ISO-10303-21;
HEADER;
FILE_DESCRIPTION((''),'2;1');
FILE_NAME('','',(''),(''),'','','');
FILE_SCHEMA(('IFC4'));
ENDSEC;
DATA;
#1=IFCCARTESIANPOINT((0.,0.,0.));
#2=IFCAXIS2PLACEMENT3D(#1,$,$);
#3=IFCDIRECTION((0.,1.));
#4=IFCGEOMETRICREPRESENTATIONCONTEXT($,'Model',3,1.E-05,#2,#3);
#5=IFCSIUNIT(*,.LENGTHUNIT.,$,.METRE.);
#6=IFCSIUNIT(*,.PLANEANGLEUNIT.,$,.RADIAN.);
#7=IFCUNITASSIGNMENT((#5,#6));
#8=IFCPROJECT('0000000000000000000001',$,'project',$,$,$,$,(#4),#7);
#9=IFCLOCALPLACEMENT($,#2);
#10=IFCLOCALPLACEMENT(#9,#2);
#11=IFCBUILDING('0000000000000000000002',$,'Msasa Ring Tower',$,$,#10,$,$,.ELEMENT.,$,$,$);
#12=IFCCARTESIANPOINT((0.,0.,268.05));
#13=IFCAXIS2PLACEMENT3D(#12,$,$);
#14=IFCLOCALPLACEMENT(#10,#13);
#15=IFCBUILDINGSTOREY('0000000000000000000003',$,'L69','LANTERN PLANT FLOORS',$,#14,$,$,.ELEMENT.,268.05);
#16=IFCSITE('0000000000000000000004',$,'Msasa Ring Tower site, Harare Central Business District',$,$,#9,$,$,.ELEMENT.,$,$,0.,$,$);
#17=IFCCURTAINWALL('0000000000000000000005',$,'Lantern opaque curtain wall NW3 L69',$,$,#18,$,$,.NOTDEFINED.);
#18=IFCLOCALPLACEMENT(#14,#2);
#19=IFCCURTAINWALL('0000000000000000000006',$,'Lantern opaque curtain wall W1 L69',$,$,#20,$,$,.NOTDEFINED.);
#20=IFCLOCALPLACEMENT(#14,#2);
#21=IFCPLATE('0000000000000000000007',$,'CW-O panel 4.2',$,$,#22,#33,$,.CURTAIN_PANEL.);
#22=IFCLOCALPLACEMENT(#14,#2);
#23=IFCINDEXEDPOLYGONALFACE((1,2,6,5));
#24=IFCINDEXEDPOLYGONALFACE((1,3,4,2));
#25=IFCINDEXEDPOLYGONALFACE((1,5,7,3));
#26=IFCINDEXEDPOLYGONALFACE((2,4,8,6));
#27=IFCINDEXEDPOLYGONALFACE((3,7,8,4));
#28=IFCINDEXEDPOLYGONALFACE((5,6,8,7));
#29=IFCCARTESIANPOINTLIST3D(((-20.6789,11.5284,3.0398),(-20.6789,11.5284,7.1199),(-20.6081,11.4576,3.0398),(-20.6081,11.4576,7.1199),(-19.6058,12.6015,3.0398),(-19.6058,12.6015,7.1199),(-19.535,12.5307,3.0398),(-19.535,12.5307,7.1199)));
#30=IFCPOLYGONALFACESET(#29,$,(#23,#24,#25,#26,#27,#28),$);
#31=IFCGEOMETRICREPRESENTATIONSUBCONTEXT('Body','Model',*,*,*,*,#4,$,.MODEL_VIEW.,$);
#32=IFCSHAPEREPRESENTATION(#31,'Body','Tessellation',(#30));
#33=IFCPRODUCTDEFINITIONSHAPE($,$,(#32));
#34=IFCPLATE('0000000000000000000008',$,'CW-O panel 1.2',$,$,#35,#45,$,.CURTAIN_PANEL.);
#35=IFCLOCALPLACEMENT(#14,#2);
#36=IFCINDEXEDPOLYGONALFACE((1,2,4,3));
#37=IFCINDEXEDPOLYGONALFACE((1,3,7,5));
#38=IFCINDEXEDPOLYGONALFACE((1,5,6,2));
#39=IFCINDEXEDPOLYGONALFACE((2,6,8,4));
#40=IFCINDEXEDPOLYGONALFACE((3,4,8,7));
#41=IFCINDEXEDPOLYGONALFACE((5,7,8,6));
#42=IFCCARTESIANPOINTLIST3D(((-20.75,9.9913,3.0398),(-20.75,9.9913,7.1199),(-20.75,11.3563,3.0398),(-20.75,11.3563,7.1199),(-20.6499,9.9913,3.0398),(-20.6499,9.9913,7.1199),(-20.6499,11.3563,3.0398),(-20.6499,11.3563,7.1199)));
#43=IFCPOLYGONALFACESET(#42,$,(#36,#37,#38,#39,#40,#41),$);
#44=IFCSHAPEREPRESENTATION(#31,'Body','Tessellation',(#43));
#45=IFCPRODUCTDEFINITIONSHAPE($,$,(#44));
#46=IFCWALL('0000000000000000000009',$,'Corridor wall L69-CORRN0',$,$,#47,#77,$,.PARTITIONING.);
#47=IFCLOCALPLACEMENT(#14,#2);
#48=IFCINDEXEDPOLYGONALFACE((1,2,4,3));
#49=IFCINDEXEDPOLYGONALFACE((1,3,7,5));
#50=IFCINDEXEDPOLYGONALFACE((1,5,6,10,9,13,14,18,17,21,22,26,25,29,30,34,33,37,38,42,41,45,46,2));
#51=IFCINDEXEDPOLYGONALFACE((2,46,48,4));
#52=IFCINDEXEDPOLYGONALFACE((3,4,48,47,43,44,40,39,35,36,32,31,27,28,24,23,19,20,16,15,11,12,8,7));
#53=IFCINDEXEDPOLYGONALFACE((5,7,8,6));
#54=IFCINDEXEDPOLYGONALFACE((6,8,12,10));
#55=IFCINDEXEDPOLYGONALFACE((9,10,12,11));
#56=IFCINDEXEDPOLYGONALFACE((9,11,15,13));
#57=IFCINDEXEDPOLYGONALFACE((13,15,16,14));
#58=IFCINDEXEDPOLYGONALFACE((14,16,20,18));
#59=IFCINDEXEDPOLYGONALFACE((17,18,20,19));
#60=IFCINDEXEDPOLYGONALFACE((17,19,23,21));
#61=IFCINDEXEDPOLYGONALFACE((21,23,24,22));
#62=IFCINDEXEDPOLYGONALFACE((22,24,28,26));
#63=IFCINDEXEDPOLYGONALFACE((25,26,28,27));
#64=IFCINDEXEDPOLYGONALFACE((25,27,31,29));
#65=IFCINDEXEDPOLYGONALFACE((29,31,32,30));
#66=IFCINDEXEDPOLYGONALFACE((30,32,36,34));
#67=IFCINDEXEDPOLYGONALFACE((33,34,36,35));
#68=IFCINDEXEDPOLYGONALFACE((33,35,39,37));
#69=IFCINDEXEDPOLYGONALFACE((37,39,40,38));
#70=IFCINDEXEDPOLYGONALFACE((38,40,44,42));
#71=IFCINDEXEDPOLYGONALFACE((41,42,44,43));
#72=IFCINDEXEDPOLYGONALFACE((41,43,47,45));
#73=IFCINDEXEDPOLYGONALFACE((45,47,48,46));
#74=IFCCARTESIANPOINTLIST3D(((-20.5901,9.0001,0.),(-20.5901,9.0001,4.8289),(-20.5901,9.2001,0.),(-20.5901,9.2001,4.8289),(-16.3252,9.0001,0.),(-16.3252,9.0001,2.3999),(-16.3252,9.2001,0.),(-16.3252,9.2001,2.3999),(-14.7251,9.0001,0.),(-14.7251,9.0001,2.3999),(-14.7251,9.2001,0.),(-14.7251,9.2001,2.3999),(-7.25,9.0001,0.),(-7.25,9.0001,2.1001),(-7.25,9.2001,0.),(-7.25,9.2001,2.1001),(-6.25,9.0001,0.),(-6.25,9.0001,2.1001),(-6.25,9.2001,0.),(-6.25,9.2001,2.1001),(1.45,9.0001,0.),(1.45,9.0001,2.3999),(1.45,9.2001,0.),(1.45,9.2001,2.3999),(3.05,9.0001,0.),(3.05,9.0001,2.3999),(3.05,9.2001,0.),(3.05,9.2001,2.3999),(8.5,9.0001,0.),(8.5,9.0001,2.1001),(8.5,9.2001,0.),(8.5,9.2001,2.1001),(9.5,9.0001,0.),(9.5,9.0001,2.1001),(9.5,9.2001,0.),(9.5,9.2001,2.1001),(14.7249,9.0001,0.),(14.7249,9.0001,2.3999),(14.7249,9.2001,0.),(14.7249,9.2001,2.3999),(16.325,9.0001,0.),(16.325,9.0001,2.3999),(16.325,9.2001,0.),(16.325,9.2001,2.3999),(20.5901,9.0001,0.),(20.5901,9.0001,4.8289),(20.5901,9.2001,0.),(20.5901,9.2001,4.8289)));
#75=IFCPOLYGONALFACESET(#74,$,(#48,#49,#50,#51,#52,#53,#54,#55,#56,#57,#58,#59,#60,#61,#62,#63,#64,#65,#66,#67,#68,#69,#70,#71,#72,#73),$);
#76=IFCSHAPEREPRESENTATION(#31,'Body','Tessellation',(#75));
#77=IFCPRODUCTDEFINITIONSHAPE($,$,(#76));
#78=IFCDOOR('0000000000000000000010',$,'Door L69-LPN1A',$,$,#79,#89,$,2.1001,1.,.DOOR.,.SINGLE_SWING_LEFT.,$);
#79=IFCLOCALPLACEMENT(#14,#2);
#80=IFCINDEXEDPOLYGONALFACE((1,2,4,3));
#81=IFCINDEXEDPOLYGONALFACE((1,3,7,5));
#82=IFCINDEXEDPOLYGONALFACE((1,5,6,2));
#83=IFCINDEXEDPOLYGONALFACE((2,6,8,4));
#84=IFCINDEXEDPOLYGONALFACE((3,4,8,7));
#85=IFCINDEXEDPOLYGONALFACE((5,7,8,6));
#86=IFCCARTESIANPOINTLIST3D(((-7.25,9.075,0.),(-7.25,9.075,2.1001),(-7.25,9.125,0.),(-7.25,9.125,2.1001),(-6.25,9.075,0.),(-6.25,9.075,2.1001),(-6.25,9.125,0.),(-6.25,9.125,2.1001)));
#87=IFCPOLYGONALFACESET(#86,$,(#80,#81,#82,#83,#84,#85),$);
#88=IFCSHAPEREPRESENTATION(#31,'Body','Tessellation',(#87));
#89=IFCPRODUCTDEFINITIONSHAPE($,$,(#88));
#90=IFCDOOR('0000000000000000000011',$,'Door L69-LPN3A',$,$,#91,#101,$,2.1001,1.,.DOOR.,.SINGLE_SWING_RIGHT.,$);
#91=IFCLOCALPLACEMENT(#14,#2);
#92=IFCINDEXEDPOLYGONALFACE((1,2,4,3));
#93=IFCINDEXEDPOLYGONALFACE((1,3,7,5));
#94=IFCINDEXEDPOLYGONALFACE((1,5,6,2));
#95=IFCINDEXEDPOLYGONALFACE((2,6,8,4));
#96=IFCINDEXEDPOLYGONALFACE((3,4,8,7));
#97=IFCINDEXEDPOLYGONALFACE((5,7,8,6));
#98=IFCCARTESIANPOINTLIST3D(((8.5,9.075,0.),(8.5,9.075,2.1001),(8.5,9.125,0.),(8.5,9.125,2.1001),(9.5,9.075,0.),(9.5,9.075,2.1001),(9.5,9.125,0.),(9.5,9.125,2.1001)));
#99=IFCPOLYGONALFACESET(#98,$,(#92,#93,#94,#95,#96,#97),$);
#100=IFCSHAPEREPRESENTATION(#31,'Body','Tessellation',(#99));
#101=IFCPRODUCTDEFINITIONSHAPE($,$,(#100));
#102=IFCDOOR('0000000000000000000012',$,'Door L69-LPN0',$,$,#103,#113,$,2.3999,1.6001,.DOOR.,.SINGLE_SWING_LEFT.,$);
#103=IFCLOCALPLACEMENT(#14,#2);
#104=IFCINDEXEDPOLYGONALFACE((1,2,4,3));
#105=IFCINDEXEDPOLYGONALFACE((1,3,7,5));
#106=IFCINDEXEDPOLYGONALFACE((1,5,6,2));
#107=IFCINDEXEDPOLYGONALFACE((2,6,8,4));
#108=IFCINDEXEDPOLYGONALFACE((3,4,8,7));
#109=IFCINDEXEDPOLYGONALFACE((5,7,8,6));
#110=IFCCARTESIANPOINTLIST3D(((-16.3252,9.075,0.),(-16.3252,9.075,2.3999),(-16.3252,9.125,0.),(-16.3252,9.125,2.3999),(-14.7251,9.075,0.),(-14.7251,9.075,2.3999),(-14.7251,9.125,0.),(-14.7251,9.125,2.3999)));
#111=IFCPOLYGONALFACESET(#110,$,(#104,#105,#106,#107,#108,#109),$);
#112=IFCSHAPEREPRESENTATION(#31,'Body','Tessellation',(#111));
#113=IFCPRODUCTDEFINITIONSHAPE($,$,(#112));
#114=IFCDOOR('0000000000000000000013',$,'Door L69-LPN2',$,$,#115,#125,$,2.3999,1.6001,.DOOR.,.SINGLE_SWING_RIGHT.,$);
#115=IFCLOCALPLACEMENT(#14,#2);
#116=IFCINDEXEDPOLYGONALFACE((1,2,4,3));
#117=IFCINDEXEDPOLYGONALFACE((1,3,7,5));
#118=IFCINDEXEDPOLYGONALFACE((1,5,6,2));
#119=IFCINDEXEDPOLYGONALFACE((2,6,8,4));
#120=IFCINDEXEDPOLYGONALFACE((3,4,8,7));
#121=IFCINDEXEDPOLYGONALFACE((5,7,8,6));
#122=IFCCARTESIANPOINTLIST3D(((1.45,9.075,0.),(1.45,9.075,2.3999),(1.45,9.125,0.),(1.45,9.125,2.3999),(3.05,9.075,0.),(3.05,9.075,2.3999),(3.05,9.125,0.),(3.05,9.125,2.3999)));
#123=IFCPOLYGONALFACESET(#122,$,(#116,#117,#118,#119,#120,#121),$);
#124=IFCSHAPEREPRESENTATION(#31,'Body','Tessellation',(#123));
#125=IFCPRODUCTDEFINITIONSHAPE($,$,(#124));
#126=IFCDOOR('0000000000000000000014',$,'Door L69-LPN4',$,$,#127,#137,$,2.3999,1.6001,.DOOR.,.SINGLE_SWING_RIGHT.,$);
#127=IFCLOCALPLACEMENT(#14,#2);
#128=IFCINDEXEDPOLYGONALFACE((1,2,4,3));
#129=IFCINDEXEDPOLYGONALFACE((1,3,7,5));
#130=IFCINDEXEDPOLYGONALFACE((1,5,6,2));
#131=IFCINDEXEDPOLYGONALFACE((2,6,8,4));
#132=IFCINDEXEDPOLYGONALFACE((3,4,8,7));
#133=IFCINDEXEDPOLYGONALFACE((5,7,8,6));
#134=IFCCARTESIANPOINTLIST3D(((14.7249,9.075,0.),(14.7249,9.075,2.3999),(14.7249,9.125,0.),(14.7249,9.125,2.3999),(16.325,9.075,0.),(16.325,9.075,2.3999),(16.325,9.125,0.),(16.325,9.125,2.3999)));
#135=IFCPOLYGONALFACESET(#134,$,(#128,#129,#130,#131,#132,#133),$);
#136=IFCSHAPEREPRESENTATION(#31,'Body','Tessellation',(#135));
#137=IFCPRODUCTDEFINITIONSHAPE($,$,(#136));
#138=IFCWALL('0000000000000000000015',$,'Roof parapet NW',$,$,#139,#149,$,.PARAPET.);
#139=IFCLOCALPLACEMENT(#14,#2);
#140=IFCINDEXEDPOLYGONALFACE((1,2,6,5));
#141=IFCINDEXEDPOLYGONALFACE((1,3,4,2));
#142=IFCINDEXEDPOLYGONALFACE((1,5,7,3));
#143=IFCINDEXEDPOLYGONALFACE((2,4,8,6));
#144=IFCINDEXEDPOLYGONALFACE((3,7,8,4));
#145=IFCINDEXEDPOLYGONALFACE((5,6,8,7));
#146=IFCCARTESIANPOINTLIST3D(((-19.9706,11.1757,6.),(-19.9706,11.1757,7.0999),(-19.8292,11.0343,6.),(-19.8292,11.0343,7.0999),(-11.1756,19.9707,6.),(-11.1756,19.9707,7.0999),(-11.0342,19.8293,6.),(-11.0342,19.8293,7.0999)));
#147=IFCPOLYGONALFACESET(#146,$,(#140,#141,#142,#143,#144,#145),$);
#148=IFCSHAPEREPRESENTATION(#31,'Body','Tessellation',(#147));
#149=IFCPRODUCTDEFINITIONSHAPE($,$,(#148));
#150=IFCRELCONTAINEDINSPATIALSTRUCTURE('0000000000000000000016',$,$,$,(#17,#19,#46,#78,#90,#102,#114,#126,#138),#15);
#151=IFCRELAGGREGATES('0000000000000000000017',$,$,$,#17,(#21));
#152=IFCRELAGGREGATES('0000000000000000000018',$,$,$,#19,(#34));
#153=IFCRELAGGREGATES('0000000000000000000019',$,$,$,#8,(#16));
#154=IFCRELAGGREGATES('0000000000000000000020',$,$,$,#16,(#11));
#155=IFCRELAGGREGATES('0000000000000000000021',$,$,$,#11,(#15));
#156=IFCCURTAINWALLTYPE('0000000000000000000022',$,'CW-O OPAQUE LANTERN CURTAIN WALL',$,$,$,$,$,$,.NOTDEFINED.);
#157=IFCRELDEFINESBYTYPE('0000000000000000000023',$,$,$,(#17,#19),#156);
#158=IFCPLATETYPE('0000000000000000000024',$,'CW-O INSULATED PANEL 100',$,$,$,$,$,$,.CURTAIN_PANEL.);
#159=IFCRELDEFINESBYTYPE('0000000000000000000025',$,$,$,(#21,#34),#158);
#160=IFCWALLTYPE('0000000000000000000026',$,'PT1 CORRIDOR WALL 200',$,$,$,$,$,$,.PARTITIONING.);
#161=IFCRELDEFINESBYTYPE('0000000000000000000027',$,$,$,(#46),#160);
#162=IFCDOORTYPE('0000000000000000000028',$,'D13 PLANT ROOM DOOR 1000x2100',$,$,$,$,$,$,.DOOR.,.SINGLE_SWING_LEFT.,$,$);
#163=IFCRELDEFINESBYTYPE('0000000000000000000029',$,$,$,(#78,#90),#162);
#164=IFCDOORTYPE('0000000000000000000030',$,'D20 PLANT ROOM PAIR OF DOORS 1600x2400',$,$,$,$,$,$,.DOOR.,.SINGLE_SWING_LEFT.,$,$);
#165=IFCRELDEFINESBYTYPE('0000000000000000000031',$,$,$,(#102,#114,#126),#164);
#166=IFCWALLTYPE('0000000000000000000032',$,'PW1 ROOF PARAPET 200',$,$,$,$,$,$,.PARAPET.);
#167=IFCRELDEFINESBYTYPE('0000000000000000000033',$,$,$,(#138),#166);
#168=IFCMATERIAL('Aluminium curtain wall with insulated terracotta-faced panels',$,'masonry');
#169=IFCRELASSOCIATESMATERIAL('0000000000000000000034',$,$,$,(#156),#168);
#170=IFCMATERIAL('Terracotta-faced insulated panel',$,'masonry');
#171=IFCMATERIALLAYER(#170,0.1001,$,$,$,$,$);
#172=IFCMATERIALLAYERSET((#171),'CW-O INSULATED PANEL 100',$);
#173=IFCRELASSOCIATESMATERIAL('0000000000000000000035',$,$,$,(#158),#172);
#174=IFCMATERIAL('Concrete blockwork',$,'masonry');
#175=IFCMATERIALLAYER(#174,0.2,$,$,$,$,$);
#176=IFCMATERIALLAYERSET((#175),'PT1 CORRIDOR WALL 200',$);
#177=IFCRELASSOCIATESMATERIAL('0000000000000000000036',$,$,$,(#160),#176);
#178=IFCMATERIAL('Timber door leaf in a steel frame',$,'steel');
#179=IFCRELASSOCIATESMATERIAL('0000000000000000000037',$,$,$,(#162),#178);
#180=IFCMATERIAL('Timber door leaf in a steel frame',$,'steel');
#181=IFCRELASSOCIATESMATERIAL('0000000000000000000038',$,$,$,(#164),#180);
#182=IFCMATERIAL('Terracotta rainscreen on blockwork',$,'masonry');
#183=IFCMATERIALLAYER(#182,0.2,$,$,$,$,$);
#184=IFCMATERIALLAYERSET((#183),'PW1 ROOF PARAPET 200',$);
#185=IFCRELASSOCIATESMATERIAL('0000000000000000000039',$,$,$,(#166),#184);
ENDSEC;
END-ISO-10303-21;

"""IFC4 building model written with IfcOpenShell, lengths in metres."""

from ifc_helpers import new_model, si_unit, direction, frame, frame_2d, origin, origin_2d, place, context, subcontext, project, spatial, rectangle, extrude, material, layer, layer_set, type_object, element, fill, aggregate, save


model = new_model("IFC4")

# Units and contexts
model_context = context("Model", 3, precision=1e-05, world=origin(), true_north=direction((0.0, 1.0)))
body_context = subcontext(model_context, "Body", "Model", "MODEL_VIEW")
ifc_project = project(units=[si_unit("LENGTHUNIT", "METRE"), si_unit("PLANEANGLEUNIT", "RADIAN")], contexts=[model_context])

# Site, building, storey
site_placement = place(None, origin())
site = spatial("IfcSite", under=ifc_project, at=site_placement, Name="Msasa Ring Tower site, Harare Central Business District", CompositionType="ELEMENT", RefElevation=0.0)
building_placement = place(site_placement, origin())
building = spatial("IfcBuilding", under=site, at=building_placement, Name="Msasa Ring Tower", CompositionType="ELEMENT")
storey_placement = place(building_placement, frame((0.0, 0.0, 268.05)))
storey = spatial("IfcBuildingStorey", under=building, at=storey_placement, Name="L69", Description="LANTERN PLANT FLOORS", CompositionType="ELEMENT", Elevation=268.05)

# Curtain wall
ifc_material_1 = material(Name="Aluminium curtain wall with insulated terracotta-faced panels", Category="masonry")
curtain_wall_type = type_object("IfcCurtainWallType", Name="CW-O OPAQUE LANTERN CURTAIN WALL", PredefinedType="NOTDEFINED", material=ifc_material_1)
curtain_wall_1_placement = place(storey_placement, origin())
curtain_wall_1 = element("IfcCurtainWall", 1, at=curtain_wall_1_placement, inside=storey, type_object=curtain_wall_type, Name="Lantern opaque curtain wall NW3 L69", PredefinedType="NOTDEFINED")

# Curtain wall
curtain_wall_2_placement = place(storey_placement, origin())
curtain_wall_2 = element("IfcCurtainWall", 2, at=curtain_wall_2_placement, inside=storey, type_object=curtain_wall_type, Name="Lantern opaque curtain wall W1 L69", PredefinedType="NOTDEFINED")

# Plates
ifc_material_2 = material(Name="Terracotta-faced insulated panel", Category="masonry")
ifc_layer_1 = layer(ifc_material_2, 0.1001)
ifc_layer_set_1 = layer_set([ifc_layer_1], Name="CW-O INSULATED PANEL 100")
plate_type = type_object("IfcPlateType", Name="CW-O INSULATED PANEL 100", PredefinedType="CURTAIN_PANEL", material=ifc_layer_set_1)
plate_1_placement = place(storey_placement, frame((-20.1069, 12.0295, 3.0398), z_axis=(0.0, 0.0, 1.0), x_axis=(-0.707107, -0.707107, 0.0)))
plate_1 = element("IfcPlate", 3, at=plate_1_placement, type_object=plate_type, Name="CW-O panel 4.2", PredefinedType="CURTAIN_PANEL", context=body_context, shape_type="SweptSolid", body=[
    extrude(rectangle(XDim=1.5176, YDim=0.1001, at=origin_2d()), origin(), (0.0, 0.0, 1.0), 4.0801),
])
aggregate(curtain_wall_1, [plate_1])
plate_2_placement = place(storey_placement, frame((-20.7, 10.6738, 3.0398), z_axis=(0.0, 0.0, 1.0), x_axis=(0.0, -1.0, 0.0)))
plate_2 = element("IfcPlate", 4, at=plate_2_placement, type_object=plate_type, Name="CW-O panel 1.2", PredefinedType="CURTAIN_PANEL", context=body_context, shape_type="SweptSolid", body=[
    extrude(rectangle(XDim=1.365, YDim=0.1001, at=origin_2d()), origin(), (0.0, 0.0, 1.0), 4.0801),
])
aggregate(curtain_wall_2, [plate_2])

# Wall, openings, doors
ifc_material_3 = material(Name="Concrete blockwork", Category="masonry")
ifc_layer_2 = layer(ifc_material_3, 0.2)
ifc_layer_set_2 = layer_set([ifc_layer_2], Name="PT1 CORRIDOR WALL 200")
wall_type_1 = type_object("IfcWallType", Name="PT1 CORRIDOR WALL 200", PredefinedType="PARTITIONING", material=ifc_layer_set_2)
wall_1_placement = place(storey_placement, frame((-20.5901, 9.1001, 0.0), z_axis=(0.0, 0.0, 1.0), x_axis=(1.0, 0.0, 0.0)))
wall_1 = element("IfcWall", 5, at=wall_1_placement, inside=storey, type_object=wall_type_1, Name="Corridor wall L69-CORRN0", PredefinedType="PARTITIONING", context=body_context, shape_type="SweptSolid", body=[
    extrude(rectangle(XDim=41.1802, YDim=0.2, at=frame_2d((20.5901, 0.0))), origin(), (0.0, 0.0, 1.0), 4.8289),
])
opening_1_placement = place(wall_1_placement, frame((4.2649, 0.0, 0.0)))
opening_1 = element("IfcOpeningElement", 6, at=opening_1_placement, cuts=wall_1, PredefinedType="OPENING", context=body_context, shape_type="SweptSolid", body=[
    extrude(rectangle(XDim=1.6001, YDim=2.3999, at=frame_2d((0.8, 1.2))), frame((0.0, 0.1099, 0.0), z_axis=(0.0, -1.0, 0.0), x_axis=(1.0, 0.0, 0.0)), (0.0, 0.0, 1.0), 0.22),
])
opening_2_placement = place(wall_1_placement, frame((13.3401, 0.0, 0.0)))
opening_2 = element("IfcOpeningElement", 7, at=opening_2_placement, cuts=wall_1, PredefinedType="OPENING", context=body_context, shape_type="SweptSolid", body=[
    extrude(rectangle(XDim=1.0, YDim=2.1001, at=frame_2d((0.5, 1.05))), frame((0.0, 0.1099, 0.0), z_axis=(0.0, -1.0, 0.0), x_axis=(1.0, 0.0, 0.0)), (0.0, 0.0, 1.0), 0.22),
])
opening_3_placement = place(wall_1_placement, frame((22.04, 0.0, 0.0)))
opening_3 = element("IfcOpeningElement", 8, at=opening_3_placement, cuts=wall_1, PredefinedType="OPENING", context=body_context, shape_type="SweptSolid", body=[
    extrude(rectangle(XDim=1.6001, YDim=2.3999, at=frame_2d((0.8, 1.2))), frame((0.0, 0.1099, 0.0), z_axis=(0.0, -1.0, 0.0), x_axis=(1.0, 0.0, 0.0)), (0.0, 0.0, 1.0), 0.22),
])
opening_4_placement = place(wall_1_placement, frame((29.0901, 0.0, 0.0)))
opening_4 = element("IfcOpeningElement", 9, at=opening_4_placement, cuts=wall_1, PredefinedType="OPENING", context=body_context, shape_type="SweptSolid", body=[
    extrude(rectangle(XDim=1.0, YDim=2.1001, at=frame_2d((0.5, 1.05))), frame((0.0, 0.1099, 0.0), z_axis=(0.0, -1.0, 0.0), x_axis=(1.0, 0.0, 0.0)), (0.0, 0.0, 1.0), 0.22),
])
opening_5_placement = place(wall_1_placement, frame((35.3149, 0.0, 0.0)))
opening_5 = element("IfcOpeningElement", 10, at=opening_5_placement, cuts=wall_1, PredefinedType="OPENING", context=body_context, shape_type="SweptSolid", body=[
    extrude(rectangle(XDim=1.6001, YDim=2.3999, at=frame_2d((0.8, 1.2))), frame((0.0, 0.1099, 0.0), z_axis=(0.0, -1.0, 0.0), x_axis=(1.0, 0.0, 0.0)), (0.0, 0.0, 1.0), 0.22),
])
ifc_material_4 = material(Name="Timber door leaf in a steel frame", Category="steel")
door_type_1 = type_object("IfcDoorType", Name="D13 PLANT ROOM DOOR 1000x2100", OperationType="SINGLE_SWING_LEFT", PredefinedType="DOOR", material=ifc_material_4)
door_1_placement = place(opening_2_placement, origin())
door_1 = element("IfcDoor", 11, at=door_1_placement, inside=storey, type_object=door_type_1, Name="Door L69-LPN1A", OperationType="SINGLE_SWING_LEFT", OverallHeight=2.1001, OverallWidth=1.0, PredefinedType="DOOR", context=body_context, shape_type="SweptSolid", body=[
    extrude(rectangle(XDim=1.0, YDim=2.1001, at=frame_2d((0.5, 1.05))), frame((0.0, 0.0249, 0.0), z_axis=(0.0, -1.0, 0.0), x_axis=(1.0, 0.0, 0.0)), (0.0, 0.0, 1.0), 0.05),
])
fill(opening_2, door_1)
door_2_placement = place(opening_4_placement, origin())
door_2 = element("IfcDoor", 12, at=door_2_placement, inside=storey, type_object=door_type_1, Name="Door L69-LPN3A", OperationType="SINGLE_SWING_RIGHT", OverallHeight=2.1001, OverallWidth=1.0, PredefinedType="DOOR", context=body_context, shape_type="SweptSolid", body=[
    extrude(rectangle(XDim=1.0, YDim=2.1001, at=frame_2d((0.5, 1.05))), frame((0.0, 0.0249, 0.0), z_axis=(0.0, -1.0, 0.0), x_axis=(1.0, 0.0, 0.0)), (0.0, 0.0, 1.0), 0.05),
])
fill(opening_4, door_2)
ifc_material_5 = material(Name="Timber door leaf in a steel frame", Category="steel")
door_type_2 = type_object("IfcDoorType", Name="D20 PLANT ROOM PAIR OF DOORS 1600x2400", OperationType="SINGLE_SWING_LEFT", PredefinedType="DOOR", material=ifc_material_5)
door_3_placement = place(opening_1_placement, origin())
door_3 = element("IfcDoor", 13, at=door_3_placement, inside=storey, type_object=door_type_2, Name="Door L69-LPN0", OperationType="SINGLE_SWING_LEFT", OverallHeight=2.3999, OverallWidth=1.6001, PredefinedType="DOOR", context=body_context, shape_type="SweptSolid", body=[
    extrude(rectangle(XDim=1.6001, YDim=2.3999, at=frame_2d((0.8, 1.2))), frame((0.0, 0.0249, 0.0), z_axis=(0.0, -1.0, 0.0), x_axis=(1.0, 0.0, 0.0)), (0.0, 0.0, 1.0), 0.05),
])
fill(opening_1, door_3)
door_4_placement = place(opening_3_placement, origin())
door_4 = element("IfcDoor", 14, at=door_4_placement, inside=storey, type_object=door_type_2, Name="Door L69-LPN2", OperationType="SINGLE_SWING_RIGHT", OverallHeight=2.3999, OverallWidth=1.6001, PredefinedType="DOOR", context=body_context, shape_type="SweptSolid", body=[
    extrude(rectangle(XDim=1.6001, YDim=2.3999, at=frame_2d((0.8, 1.2))), frame((0.0, 0.0249, 0.0), z_axis=(0.0, -1.0, 0.0), x_axis=(1.0, 0.0, 0.0)), (0.0, 0.0, 1.0), 0.05),
])
fill(opening_3, door_4)
door_5_placement = place(opening_5_placement, origin())
door_5 = element("IfcDoor", 15, at=door_5_placement, inside=storey, type_object=door_type_2, Name="Door L69-LPN4", OperationType="SINGLE_SWING_RIGHT", OverallHeight=2.3999, OverallWidth=1.6001, PredefinedType="DOOR", context=body_context, shape_type="SweptSolid", body=[
    extrude(rectangle(XDim=1.6001, YDim=2.3999, at=frame_2d((0.8, 1.2))), frame((0.0, 0.0249, 0.0), z_axis=(0.0, -1.0, 0.0), x_axis=(1.0, 0.0, 0.0)), (0.0, 0.0, 1.0), 0.05),
])
fill(opening_5, door_5)

# Wall
ifc_material_6 = material(Name="Terracotta rainscreen on blockwork", Category="masonry")
ifc_layer_3 = layer(ifc_material_6, 0.2)
ifc_layer_set_3 = layer_set([ifc_layer_3], Name="PW1 ROOF PARAPET 200")
wall_type_2 = type_object("IfcWallType", Name="PW1 ROOF PARAPET 200", PredefinedType="PARAPET", material=ifc_layer_set_3)
wall_2_placement = place(storey_placement, frame((-19.8999, 11.105, 6.0), z_axis=(0.0, 0.0, 1.0), x_axis=(0.707107, 0.707107, 0.0)))
element("IfcWall", 16, at=wall_2_placement, inside=storey, type_object=wall_type_2, Name="Roof parapet NW", PredefinedType="PARAPET", context=body_context, shape_type="SweptSolid", body=[
    extrude(rectangle(XDim=12.438, YDim=0.2, at=frame_2d((6.219, 0.0))), origin(), (0.0, 0.0, 1.0), 1.0999),
])

save(model, "model.ifc")
